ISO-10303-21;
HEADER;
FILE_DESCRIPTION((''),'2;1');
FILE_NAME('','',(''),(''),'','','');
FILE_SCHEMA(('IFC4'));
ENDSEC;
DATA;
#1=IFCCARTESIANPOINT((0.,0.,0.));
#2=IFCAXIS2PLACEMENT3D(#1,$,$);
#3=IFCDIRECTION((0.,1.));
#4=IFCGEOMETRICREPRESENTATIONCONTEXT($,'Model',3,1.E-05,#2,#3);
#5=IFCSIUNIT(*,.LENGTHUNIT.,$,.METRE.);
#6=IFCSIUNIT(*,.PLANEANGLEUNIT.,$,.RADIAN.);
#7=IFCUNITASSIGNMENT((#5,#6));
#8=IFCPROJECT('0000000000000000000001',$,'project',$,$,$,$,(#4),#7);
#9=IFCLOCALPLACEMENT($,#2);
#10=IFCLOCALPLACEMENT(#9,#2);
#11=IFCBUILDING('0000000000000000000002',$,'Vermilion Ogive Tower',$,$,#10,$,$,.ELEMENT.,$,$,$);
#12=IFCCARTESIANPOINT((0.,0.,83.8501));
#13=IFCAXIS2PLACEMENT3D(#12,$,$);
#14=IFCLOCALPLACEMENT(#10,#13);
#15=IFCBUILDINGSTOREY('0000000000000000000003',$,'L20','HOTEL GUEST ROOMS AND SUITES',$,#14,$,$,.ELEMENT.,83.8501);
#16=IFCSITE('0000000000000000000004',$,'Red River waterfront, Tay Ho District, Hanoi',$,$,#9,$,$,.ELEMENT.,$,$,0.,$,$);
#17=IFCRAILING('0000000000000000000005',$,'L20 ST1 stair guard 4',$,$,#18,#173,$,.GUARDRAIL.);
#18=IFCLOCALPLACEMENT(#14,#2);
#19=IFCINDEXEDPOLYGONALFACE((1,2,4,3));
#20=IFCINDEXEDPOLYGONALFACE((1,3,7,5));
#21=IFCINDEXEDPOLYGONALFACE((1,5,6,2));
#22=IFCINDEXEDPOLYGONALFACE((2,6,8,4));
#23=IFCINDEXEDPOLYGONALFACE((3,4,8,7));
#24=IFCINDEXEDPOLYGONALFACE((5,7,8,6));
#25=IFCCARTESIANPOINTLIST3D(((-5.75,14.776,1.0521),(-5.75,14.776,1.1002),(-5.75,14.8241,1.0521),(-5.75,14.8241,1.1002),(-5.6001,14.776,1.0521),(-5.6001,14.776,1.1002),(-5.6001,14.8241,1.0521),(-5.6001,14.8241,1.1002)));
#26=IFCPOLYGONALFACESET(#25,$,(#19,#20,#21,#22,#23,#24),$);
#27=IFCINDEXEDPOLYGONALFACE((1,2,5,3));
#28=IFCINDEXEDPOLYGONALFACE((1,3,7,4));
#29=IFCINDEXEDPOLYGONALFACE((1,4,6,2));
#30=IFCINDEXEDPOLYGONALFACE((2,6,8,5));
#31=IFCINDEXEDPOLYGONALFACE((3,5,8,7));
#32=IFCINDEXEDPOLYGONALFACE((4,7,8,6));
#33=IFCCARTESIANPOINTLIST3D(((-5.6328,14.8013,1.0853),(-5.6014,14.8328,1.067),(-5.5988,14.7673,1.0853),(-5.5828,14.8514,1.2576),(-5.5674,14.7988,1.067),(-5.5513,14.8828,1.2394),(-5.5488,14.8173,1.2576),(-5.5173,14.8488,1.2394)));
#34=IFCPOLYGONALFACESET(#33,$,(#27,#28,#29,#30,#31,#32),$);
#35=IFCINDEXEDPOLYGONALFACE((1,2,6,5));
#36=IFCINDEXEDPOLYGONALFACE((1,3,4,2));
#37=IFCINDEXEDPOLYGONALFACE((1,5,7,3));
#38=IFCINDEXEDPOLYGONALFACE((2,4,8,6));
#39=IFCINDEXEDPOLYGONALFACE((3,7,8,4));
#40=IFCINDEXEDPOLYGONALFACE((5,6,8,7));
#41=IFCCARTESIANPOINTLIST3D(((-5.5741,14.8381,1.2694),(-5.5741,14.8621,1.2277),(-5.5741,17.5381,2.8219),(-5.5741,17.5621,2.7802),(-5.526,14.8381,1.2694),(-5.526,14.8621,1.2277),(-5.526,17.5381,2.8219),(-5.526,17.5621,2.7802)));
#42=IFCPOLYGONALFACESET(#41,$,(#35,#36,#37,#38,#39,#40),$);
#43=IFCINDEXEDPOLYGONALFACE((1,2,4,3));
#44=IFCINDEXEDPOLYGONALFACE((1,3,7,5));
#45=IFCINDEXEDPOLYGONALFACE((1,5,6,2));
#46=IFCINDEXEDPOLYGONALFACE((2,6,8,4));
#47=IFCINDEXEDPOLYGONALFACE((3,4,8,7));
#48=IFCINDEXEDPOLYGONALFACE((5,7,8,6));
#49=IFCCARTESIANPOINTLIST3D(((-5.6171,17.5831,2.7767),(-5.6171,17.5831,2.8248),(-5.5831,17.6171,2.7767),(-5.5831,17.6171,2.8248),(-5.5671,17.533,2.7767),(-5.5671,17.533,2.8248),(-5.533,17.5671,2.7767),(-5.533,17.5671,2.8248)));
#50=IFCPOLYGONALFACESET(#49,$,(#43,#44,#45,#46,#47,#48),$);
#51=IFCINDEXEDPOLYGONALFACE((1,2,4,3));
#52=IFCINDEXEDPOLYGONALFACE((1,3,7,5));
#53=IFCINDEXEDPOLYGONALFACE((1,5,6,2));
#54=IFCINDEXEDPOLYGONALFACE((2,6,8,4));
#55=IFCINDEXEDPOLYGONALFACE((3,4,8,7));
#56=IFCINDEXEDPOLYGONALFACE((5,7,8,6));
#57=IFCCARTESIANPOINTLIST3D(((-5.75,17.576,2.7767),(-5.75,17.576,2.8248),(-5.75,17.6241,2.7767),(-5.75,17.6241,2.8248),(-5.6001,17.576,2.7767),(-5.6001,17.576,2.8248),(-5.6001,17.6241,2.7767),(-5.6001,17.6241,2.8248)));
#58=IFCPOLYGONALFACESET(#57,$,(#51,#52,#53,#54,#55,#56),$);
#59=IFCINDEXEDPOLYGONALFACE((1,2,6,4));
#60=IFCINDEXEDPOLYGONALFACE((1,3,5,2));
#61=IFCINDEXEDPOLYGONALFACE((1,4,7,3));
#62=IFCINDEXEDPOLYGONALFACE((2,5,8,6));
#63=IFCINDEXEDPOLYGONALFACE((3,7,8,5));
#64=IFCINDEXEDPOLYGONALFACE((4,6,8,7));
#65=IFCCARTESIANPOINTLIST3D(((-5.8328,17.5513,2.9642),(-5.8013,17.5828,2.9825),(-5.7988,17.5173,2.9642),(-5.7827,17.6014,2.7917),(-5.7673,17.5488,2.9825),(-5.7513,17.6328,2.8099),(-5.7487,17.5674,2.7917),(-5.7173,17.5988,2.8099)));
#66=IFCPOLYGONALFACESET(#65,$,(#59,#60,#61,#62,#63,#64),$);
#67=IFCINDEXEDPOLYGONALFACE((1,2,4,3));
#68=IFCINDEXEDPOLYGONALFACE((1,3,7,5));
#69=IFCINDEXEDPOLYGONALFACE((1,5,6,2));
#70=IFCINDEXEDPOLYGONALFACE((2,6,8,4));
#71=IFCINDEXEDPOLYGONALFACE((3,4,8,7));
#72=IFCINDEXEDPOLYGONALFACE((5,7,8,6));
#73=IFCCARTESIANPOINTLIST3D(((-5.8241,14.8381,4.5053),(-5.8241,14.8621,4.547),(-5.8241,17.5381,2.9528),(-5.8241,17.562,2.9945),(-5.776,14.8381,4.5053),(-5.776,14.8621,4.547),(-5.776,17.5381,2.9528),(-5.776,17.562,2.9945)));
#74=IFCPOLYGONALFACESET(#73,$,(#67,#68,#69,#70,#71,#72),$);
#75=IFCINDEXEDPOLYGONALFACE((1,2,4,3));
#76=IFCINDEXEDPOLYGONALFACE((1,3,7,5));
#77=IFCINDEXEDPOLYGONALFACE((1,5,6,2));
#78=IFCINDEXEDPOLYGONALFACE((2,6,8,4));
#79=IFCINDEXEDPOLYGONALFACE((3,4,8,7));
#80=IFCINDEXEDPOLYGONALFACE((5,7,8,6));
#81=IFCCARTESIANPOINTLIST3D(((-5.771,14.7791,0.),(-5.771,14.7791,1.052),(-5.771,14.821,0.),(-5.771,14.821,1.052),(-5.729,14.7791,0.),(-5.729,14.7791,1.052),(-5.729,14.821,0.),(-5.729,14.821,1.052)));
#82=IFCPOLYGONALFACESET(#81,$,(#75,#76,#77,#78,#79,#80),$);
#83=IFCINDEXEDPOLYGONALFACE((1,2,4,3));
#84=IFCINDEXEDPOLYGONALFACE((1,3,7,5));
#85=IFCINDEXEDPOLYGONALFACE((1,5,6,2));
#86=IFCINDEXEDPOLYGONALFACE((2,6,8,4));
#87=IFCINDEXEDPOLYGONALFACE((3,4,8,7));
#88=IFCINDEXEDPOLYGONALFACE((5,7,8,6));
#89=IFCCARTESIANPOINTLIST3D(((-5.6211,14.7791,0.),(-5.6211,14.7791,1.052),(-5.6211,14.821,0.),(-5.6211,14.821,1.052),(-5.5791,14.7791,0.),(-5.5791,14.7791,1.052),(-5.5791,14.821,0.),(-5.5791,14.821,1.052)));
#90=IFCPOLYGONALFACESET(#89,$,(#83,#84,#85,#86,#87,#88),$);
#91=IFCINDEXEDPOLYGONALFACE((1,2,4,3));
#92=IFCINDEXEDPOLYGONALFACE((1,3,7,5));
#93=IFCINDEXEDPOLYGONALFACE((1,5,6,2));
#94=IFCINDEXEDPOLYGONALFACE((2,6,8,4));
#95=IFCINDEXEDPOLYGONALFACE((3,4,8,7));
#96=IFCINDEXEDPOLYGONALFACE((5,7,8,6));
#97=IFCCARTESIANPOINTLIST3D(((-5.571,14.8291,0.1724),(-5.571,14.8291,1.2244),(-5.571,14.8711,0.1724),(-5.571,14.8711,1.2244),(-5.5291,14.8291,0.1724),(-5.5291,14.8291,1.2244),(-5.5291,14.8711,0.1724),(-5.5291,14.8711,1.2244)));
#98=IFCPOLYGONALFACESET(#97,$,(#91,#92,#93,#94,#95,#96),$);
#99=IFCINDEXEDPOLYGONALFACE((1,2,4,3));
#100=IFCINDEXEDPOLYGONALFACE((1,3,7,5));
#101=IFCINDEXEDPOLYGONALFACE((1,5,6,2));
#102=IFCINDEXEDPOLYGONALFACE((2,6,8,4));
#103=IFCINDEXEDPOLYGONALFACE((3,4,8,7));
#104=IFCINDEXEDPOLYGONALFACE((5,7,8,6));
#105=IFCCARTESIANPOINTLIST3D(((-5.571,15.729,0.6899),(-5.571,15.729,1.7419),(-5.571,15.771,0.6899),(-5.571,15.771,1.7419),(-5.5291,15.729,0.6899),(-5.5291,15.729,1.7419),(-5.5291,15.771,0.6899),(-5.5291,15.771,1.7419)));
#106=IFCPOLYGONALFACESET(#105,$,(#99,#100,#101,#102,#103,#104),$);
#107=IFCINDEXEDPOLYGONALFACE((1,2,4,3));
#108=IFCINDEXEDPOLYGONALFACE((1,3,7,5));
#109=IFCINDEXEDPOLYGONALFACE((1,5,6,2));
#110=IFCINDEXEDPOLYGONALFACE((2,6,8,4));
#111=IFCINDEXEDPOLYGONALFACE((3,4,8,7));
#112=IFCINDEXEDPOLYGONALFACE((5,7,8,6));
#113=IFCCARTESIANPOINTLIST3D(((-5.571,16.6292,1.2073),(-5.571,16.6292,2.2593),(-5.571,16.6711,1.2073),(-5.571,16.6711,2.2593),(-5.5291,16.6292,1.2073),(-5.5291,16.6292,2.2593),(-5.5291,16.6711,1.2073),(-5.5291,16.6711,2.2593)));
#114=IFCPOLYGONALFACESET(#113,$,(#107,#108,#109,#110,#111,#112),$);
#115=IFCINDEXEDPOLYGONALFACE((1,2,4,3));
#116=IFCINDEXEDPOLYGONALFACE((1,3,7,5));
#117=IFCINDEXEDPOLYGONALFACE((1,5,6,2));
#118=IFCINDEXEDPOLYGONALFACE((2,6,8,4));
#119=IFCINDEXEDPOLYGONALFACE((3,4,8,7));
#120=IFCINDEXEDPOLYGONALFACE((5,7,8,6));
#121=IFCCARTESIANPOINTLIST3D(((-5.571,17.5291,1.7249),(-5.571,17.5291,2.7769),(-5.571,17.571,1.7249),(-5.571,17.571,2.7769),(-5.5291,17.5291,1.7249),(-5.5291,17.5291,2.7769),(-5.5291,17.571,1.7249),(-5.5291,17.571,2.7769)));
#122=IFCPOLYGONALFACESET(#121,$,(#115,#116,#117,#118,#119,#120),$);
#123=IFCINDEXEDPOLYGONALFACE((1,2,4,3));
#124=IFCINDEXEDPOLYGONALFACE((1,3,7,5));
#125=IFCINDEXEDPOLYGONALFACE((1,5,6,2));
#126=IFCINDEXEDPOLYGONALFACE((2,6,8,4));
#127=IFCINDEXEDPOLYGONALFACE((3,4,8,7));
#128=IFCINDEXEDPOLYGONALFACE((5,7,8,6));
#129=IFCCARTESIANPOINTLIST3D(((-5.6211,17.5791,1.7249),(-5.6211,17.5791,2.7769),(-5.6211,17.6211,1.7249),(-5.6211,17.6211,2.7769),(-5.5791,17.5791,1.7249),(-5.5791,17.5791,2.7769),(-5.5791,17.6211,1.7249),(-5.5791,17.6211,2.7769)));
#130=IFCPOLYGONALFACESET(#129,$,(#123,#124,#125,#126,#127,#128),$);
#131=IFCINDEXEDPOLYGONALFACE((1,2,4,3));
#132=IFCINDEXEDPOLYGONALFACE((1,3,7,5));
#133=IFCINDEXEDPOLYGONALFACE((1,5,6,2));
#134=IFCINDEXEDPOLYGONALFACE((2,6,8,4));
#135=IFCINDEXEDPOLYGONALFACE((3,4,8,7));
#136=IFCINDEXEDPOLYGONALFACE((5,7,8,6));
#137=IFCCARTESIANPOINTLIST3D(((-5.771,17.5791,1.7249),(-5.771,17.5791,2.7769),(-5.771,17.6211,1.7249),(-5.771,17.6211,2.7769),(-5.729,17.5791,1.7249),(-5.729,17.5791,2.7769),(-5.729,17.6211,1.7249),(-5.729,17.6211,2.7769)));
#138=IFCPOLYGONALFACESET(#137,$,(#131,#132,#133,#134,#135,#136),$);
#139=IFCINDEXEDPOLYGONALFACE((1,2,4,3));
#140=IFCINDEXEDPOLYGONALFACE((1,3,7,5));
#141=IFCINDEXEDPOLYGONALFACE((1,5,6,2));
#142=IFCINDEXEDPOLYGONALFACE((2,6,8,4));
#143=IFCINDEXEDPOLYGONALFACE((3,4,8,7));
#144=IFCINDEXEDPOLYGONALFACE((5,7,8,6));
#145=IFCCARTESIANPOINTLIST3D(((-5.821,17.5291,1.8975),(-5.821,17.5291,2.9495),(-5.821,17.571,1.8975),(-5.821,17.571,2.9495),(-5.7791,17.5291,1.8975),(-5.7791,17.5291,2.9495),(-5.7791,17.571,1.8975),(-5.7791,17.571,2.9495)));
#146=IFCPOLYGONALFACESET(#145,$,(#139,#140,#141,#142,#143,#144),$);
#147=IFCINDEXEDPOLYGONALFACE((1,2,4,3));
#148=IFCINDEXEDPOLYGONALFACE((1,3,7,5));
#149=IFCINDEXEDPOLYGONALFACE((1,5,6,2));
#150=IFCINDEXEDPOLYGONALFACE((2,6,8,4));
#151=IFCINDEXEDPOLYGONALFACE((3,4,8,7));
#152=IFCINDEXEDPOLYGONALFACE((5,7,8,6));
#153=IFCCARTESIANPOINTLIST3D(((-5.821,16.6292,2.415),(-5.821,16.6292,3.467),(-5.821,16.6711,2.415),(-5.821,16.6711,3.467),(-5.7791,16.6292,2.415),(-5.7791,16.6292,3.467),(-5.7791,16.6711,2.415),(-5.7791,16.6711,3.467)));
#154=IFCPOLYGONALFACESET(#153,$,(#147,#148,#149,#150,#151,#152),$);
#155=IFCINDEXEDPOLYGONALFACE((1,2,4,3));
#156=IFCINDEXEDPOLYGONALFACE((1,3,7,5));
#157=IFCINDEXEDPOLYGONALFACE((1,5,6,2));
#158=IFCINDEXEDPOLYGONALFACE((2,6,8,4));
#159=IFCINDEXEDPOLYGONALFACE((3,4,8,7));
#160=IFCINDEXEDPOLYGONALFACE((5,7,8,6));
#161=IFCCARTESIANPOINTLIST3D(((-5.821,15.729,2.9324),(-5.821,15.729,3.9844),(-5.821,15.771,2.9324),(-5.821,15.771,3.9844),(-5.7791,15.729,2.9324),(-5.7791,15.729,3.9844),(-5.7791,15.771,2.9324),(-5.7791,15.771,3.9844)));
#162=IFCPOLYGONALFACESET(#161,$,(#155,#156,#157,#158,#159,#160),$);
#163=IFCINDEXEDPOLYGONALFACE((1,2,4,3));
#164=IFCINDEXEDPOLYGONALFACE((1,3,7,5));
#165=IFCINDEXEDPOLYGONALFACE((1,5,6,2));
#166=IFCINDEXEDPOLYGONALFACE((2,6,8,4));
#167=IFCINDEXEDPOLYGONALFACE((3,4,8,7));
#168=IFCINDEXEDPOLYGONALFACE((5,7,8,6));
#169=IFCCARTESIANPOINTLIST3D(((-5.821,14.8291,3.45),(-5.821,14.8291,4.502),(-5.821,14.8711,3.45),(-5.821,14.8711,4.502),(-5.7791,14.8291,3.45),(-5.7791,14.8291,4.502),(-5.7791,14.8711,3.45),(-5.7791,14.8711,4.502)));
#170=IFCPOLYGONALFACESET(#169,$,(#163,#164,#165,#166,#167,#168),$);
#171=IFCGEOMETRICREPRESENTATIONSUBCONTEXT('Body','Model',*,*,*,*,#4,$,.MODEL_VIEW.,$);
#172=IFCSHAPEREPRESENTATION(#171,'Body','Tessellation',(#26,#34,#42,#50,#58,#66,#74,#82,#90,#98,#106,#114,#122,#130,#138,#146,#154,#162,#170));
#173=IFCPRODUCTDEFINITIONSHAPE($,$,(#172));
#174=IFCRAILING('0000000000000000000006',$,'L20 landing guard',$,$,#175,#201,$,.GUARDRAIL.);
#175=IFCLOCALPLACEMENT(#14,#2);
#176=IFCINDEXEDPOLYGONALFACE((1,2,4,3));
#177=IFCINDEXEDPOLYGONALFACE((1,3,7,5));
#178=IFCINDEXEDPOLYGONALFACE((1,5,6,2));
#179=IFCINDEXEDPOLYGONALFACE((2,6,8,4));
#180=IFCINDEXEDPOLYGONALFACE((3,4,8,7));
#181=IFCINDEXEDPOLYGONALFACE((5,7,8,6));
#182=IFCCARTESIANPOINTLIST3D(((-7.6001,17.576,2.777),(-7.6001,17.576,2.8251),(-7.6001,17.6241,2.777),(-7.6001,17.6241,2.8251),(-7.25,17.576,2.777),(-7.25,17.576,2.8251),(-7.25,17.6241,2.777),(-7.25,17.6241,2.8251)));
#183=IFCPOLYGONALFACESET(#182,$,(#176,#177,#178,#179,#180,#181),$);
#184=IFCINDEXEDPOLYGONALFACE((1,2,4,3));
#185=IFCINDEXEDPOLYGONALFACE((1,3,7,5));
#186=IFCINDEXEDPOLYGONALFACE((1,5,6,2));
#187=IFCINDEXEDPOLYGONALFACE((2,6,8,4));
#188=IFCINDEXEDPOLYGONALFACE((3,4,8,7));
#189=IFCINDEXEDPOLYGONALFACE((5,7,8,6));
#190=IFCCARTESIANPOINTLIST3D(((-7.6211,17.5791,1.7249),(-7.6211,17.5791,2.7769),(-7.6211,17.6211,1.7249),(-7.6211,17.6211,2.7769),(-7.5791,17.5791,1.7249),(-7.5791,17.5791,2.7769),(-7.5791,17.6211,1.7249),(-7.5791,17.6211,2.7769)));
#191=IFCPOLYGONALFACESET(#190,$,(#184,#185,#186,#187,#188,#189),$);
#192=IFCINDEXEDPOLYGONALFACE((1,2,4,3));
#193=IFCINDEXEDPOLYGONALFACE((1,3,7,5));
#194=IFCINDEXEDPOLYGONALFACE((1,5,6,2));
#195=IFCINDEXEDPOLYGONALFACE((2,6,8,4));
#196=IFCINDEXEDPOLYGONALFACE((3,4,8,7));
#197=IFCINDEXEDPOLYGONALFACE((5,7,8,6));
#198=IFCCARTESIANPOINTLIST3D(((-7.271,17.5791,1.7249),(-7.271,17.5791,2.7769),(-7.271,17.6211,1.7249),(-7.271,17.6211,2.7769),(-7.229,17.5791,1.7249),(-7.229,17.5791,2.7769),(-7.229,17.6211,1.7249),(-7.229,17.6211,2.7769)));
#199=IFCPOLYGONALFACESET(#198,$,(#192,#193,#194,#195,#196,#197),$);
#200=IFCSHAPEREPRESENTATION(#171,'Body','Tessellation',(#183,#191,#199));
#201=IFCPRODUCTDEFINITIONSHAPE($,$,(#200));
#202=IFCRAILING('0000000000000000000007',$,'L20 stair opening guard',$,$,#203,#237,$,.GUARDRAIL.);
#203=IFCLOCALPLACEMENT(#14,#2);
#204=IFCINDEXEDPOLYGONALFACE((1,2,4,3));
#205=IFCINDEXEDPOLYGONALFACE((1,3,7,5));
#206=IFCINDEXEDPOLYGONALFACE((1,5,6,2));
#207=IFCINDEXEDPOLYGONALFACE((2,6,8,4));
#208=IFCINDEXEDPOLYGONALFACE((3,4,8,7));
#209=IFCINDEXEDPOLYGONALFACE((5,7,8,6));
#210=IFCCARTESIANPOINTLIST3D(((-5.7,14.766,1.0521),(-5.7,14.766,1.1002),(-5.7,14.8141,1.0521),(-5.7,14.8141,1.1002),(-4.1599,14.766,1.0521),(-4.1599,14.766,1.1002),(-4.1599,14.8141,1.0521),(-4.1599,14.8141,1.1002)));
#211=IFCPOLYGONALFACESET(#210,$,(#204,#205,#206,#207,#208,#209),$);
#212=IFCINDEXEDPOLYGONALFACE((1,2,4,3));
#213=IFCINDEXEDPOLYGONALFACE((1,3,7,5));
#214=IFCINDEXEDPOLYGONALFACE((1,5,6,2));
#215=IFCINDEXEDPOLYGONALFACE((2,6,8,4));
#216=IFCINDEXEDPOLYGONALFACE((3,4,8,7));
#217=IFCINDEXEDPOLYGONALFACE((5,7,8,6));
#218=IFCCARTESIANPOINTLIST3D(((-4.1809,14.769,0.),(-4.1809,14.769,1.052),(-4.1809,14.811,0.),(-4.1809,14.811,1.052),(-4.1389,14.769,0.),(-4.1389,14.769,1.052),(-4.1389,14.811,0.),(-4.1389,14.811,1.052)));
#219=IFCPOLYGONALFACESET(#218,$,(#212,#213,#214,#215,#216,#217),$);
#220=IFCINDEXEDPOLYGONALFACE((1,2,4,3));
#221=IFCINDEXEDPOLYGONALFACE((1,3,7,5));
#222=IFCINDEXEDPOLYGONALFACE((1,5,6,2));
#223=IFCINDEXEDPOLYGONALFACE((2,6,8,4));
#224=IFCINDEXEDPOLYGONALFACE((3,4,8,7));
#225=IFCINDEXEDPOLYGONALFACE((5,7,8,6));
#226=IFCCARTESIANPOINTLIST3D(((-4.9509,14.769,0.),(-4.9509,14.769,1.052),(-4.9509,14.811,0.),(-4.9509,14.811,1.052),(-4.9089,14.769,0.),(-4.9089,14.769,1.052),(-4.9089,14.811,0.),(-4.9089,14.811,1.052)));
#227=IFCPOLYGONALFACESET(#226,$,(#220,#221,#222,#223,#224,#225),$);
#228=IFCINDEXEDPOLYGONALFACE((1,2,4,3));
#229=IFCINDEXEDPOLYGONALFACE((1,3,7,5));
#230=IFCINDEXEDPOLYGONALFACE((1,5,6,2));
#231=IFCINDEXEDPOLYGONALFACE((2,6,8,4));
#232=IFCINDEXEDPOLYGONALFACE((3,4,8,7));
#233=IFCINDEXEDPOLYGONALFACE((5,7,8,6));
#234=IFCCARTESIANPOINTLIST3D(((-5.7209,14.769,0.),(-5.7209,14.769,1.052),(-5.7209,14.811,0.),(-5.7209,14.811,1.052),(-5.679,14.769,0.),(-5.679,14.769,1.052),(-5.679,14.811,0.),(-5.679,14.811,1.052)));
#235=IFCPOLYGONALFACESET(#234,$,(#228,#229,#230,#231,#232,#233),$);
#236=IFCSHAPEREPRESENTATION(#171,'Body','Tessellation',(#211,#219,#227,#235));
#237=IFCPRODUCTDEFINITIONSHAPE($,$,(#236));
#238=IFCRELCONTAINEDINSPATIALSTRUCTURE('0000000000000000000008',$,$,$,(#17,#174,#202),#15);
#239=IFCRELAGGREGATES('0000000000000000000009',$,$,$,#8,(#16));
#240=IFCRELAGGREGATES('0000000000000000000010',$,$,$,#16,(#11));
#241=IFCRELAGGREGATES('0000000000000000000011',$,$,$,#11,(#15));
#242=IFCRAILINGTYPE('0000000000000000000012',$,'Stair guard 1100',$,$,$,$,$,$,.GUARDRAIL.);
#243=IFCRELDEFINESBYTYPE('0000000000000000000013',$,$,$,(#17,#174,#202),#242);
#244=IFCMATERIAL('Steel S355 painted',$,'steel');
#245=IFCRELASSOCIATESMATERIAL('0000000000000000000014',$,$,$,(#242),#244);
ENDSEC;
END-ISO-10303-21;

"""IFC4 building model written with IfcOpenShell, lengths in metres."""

from ifc_helpers import new_model, si_unit, direction, frame, origin, origin_2d, place, context, subcontext, project, spatial, rectangle, extrude, material, type_object, element, save


model = new_model("IFC4")

# Units and contexts
model_context = context("Model", 3, precision=1e-05, world=origin(), true_north=direction((0.0, 1.0)))
body_context = subcontext(model_context, "Body", "Model", "MODEL_VIEW")
ifc_project = project(units=[si_unit("LENGTHUNIT", "METRE"), si_unit("PLANEANGLEUNIT", "RADIAN")], contexts=[model_context])

# Site, building, storey
site_placement = place(None, origin())
site = spatial("IfcSite", under=ifc_project, at=site_placement, Name="Red River waterfront, Tay Ho District, Hanoi", CompositionType="ELEMENT", RefElevation=0.0)
building_placement = place(site_placement, origin())
building = spatial("IfcBuilding", under=site, at=building_placement, Name="Vermilion Ogive Tower", CompositionType="ELEMENT")
storey_placement = place(building_placement, frame((0.0, 0.0, 83.8501)))
storey = spatial("IfcBuildingStorey", under=building, at=storey_placement, Name="L20", Description="HOTEL GUEST ROOMS AND SUITES", CompositionType="ELEMENT", Elevation=83.8501)

# Railings
ifc_material_1 = material(Name="Steel S355 painted", Category="steel")
railing_type_1 = type_object("IfcRailingType", Name="Stair guard 1100", PredefinedType="GUARDRAIL", material=ifc_material_1)
railing_1_placement = place(storey_placement, frame((-5.75, 14.8, 0.0)))
element("IfcRailing", 1, at=railing_1_placement, inside=storey, type_object=railing_type_1, Name="L20 ST1 stair guard 4", PredefinedType="GUARDRAIL", context=body_context, shape_type="SweptSolid", body=[
    extrude(rectangle(XDim=0.0481, YDim=0.0481, at=origin_2d()), frame((0.0, 0.0, 1.0762), z_axis=(1.0, 0.0, 0.0), x_axis=(0.0, 1.0, 0.0)), (0.0, 0.0, 1.0), 0.1499),
    extrude(rectangle(XDim=0.0481, YDim=0.0481, at=origin_2d()), frame((0.1499, 0.0, 1.0762), z_axis=(0.268603, 0.268603, 0.925043), x_axis=(-0.707107, 0.707107, 0.0)), (0.0, 0.0, 1.0), 0.1863),
    extrude(rectangle(XDim=0.0481, YDim=0.0481, at=origin_2d()), frame((0.2, 0.05, 1.2485), z_axis=(0.0, 0.866904, 0.498476), x_axis=(-1.0, 0.0, 0.0)), (0.0, 0.0, 1.0), 3.1145),
    extrude(rectangle(XDim=0.0481, YDim=0.0481, at=origin_2d()), frame((0.2, 2.75, 2.8008), z_axis=(-0.707107, 0.707107, 0.0), x_axis=(-0.707107, -0.707107, 0.0)), (0.0, 0.0, 1.0), 0.0708),
    extrude(rectangle(XDim=0.0481, YDim=0.0481, at=origin_2d()), frame((0.1499, 2.8, 2.8008), z_axis=(-1.0, 0.0, 0.0), x_axis=(0.0, -1.0, 0.0)), (0.0, 0.0, 1.0), 0.1499),
    extrude(rectangle(XDim=0.0481, YDim=0.0481, at=origin_2d()), frame((0.0, 2.8, 2.8008), z_axis=(-0.268278, -0.268278, 0.925232), x_axis=(0.707107, -0.707107, 0.0)), (0.0, 0.0, 1.0), 0.1865),
    extrude(rectangle(XDim=0.0481, YDim=0.0481, at=origin_2d()), frame((-0.05, 2.75, 2.9736), z_axis=(0.0, -0.866904, 0.498476), x_axis=(1.0, 0.0, 0.0)), (0.0, 0.0, 1.0), 3.1145),
    extrude(rectangle(XDim=0.042, YDim=0.042, at=origin_2d()), origin(), (0.0, 0.0, 1.0), 1.052),
    extrude(rectangle(XDim=0.042, YDim=0.042, at=origin_2d()), frame((0.1499, 0.0, 0.0)), (0.0, 0.0, 1.0), 1.052),
    extrude(rectangle(XDim=0.042, YDim=0.042, at=origin_2d()), frame((0.2, 0.05, 0.1724)), (0.0, 0.0, 1.0), 1.052),
    extrude(rectangle(XDim=0.042, YDim=0.042, at=origin_2d()), frame((0.2, 0.95, 0.6899)), (0.0, 0.0, 1.0), 1.052),
    extrude(rectangle(XDim=0.042, YDim=0.042, at=origin_2d()), frame((0.2, 1.8501, 1.2073)), (0.0, 0.0, 1.0), 1.052),
    extrude(rectangle(XDim=0.042, YDim=0.042, at=origin_2d()), frame((0.2, 2.75, 1.7249)), (0.0, 0.0, 1.0), 1.052),
    extrude(rectangle(XDim=0.042, YDim=0.042, at=origin_2d()), frame((0.1499, 2.8, 1.7249)), (0.0, 0.0, 1.0), 1.052),
    extrude(rectangle(XDim=0.042, YDim=0.042, at=origin_2d()), frame((0.0, 2.8, 1.7249)), (0.0, 0.0, 1.0), 1.052),
    extrude(rectangle(XDim=0.042, YDim=0.042, at=origin_2d()), frame((-0.05, 2.75, 1.8975)), (0.0, 0.0, 1.0), 1.052),
    extrude(rectangle(XDim=0.042, YDim=0.042, at=origin_2d()), frame((-0.05, 1.8501, 2.415)), (0.0, 0.0, 1.0), 1.052),
    extrude(rectangle(XDim=0.042, YDim=0.042, at=origin_2d()), frame((-0.05, 0.95, 2.9324)), (0.0, 0.0, 1.0), 1.052),
    extrude(rectangle(XDim=0.042, YDim=0.042, at=origin_2d()), frame((-0.05, 0.05, 3.45)), (0.0, 0.0, 1.0), 1.052),
])
railing_2_placement = place(storey_placement, frame((-7.6001, 17.6001, 1.7249)))
element("IfcRailing", 2, at=railing_2_placement, inside=storey, type_object=railing_type_1, Name="L20 landing guard", PredefinedType="GUARDRAIL", context=body_context, shape_type="SweptSolid", body=[
    extrude(rectangle(XDim=0.0481, YDim=0.0481, at=origin_2d()), frame((0.0, 0.0, 1.0762), z_axis=(1.0, 0.0, 0.0), x_axis=(0.0, 1.0, 0.0)), (0.0, 0.0, 1.0), 0.3501),
    extrude(rectangle(XDim=0.042, YDim=0.042, at=origin_2d()), origin(), (0.0, 0.0, 1.0), 1.052),
    extrude(rectangle(XDim=0.042, YDim=0.042, at=origin_2d()), frame((0.3501, 0.0, 0.0)), (0.0, 0.0, 1.0), 1.052),
])
railing_3_placement = place(storey_placement, frame((-4.1599, 14.79, 0.0)))
element("IfcRailing", 3, at=railing_3_placement, inside=storey, type_object=railing_type_1, Name="L20 stair opening guard", PredefinedType="GUARDRAIL", context=body_context, shape_type="SweptSolid", body=[
    extrude(rectangle(XDim=0.0481, YDim=0.0481, at=origin_2d()), frame((0.0, 0.0, 1.0762), z_axis=(-1.0, 0.0, 0.0), x_axis=(0.0, -1.0, 0.0)), (0.0, 0.0, 1.0), 1.54),
    extrude(rectangle(XDim=0.042, YDim=0.042, at=origin_2d()), origin(), (0.0, 0.0, 1.0), 1.052),
    extrude(rectangle(XDim=0.042, YDim=0.042, at=origin_2d()), frame((-0.77, 0.0, 0.0)), (0.0, 0.0, 1.0), 1.052),
    extrude(rectangle(XDim=0.042, YDim=0.042, at=origin_2d()), frame((-1.54, 0.0, 0.0)), (0.0, 0.0, 1.0), 1.052),
])

save(model, "model.ifc")
